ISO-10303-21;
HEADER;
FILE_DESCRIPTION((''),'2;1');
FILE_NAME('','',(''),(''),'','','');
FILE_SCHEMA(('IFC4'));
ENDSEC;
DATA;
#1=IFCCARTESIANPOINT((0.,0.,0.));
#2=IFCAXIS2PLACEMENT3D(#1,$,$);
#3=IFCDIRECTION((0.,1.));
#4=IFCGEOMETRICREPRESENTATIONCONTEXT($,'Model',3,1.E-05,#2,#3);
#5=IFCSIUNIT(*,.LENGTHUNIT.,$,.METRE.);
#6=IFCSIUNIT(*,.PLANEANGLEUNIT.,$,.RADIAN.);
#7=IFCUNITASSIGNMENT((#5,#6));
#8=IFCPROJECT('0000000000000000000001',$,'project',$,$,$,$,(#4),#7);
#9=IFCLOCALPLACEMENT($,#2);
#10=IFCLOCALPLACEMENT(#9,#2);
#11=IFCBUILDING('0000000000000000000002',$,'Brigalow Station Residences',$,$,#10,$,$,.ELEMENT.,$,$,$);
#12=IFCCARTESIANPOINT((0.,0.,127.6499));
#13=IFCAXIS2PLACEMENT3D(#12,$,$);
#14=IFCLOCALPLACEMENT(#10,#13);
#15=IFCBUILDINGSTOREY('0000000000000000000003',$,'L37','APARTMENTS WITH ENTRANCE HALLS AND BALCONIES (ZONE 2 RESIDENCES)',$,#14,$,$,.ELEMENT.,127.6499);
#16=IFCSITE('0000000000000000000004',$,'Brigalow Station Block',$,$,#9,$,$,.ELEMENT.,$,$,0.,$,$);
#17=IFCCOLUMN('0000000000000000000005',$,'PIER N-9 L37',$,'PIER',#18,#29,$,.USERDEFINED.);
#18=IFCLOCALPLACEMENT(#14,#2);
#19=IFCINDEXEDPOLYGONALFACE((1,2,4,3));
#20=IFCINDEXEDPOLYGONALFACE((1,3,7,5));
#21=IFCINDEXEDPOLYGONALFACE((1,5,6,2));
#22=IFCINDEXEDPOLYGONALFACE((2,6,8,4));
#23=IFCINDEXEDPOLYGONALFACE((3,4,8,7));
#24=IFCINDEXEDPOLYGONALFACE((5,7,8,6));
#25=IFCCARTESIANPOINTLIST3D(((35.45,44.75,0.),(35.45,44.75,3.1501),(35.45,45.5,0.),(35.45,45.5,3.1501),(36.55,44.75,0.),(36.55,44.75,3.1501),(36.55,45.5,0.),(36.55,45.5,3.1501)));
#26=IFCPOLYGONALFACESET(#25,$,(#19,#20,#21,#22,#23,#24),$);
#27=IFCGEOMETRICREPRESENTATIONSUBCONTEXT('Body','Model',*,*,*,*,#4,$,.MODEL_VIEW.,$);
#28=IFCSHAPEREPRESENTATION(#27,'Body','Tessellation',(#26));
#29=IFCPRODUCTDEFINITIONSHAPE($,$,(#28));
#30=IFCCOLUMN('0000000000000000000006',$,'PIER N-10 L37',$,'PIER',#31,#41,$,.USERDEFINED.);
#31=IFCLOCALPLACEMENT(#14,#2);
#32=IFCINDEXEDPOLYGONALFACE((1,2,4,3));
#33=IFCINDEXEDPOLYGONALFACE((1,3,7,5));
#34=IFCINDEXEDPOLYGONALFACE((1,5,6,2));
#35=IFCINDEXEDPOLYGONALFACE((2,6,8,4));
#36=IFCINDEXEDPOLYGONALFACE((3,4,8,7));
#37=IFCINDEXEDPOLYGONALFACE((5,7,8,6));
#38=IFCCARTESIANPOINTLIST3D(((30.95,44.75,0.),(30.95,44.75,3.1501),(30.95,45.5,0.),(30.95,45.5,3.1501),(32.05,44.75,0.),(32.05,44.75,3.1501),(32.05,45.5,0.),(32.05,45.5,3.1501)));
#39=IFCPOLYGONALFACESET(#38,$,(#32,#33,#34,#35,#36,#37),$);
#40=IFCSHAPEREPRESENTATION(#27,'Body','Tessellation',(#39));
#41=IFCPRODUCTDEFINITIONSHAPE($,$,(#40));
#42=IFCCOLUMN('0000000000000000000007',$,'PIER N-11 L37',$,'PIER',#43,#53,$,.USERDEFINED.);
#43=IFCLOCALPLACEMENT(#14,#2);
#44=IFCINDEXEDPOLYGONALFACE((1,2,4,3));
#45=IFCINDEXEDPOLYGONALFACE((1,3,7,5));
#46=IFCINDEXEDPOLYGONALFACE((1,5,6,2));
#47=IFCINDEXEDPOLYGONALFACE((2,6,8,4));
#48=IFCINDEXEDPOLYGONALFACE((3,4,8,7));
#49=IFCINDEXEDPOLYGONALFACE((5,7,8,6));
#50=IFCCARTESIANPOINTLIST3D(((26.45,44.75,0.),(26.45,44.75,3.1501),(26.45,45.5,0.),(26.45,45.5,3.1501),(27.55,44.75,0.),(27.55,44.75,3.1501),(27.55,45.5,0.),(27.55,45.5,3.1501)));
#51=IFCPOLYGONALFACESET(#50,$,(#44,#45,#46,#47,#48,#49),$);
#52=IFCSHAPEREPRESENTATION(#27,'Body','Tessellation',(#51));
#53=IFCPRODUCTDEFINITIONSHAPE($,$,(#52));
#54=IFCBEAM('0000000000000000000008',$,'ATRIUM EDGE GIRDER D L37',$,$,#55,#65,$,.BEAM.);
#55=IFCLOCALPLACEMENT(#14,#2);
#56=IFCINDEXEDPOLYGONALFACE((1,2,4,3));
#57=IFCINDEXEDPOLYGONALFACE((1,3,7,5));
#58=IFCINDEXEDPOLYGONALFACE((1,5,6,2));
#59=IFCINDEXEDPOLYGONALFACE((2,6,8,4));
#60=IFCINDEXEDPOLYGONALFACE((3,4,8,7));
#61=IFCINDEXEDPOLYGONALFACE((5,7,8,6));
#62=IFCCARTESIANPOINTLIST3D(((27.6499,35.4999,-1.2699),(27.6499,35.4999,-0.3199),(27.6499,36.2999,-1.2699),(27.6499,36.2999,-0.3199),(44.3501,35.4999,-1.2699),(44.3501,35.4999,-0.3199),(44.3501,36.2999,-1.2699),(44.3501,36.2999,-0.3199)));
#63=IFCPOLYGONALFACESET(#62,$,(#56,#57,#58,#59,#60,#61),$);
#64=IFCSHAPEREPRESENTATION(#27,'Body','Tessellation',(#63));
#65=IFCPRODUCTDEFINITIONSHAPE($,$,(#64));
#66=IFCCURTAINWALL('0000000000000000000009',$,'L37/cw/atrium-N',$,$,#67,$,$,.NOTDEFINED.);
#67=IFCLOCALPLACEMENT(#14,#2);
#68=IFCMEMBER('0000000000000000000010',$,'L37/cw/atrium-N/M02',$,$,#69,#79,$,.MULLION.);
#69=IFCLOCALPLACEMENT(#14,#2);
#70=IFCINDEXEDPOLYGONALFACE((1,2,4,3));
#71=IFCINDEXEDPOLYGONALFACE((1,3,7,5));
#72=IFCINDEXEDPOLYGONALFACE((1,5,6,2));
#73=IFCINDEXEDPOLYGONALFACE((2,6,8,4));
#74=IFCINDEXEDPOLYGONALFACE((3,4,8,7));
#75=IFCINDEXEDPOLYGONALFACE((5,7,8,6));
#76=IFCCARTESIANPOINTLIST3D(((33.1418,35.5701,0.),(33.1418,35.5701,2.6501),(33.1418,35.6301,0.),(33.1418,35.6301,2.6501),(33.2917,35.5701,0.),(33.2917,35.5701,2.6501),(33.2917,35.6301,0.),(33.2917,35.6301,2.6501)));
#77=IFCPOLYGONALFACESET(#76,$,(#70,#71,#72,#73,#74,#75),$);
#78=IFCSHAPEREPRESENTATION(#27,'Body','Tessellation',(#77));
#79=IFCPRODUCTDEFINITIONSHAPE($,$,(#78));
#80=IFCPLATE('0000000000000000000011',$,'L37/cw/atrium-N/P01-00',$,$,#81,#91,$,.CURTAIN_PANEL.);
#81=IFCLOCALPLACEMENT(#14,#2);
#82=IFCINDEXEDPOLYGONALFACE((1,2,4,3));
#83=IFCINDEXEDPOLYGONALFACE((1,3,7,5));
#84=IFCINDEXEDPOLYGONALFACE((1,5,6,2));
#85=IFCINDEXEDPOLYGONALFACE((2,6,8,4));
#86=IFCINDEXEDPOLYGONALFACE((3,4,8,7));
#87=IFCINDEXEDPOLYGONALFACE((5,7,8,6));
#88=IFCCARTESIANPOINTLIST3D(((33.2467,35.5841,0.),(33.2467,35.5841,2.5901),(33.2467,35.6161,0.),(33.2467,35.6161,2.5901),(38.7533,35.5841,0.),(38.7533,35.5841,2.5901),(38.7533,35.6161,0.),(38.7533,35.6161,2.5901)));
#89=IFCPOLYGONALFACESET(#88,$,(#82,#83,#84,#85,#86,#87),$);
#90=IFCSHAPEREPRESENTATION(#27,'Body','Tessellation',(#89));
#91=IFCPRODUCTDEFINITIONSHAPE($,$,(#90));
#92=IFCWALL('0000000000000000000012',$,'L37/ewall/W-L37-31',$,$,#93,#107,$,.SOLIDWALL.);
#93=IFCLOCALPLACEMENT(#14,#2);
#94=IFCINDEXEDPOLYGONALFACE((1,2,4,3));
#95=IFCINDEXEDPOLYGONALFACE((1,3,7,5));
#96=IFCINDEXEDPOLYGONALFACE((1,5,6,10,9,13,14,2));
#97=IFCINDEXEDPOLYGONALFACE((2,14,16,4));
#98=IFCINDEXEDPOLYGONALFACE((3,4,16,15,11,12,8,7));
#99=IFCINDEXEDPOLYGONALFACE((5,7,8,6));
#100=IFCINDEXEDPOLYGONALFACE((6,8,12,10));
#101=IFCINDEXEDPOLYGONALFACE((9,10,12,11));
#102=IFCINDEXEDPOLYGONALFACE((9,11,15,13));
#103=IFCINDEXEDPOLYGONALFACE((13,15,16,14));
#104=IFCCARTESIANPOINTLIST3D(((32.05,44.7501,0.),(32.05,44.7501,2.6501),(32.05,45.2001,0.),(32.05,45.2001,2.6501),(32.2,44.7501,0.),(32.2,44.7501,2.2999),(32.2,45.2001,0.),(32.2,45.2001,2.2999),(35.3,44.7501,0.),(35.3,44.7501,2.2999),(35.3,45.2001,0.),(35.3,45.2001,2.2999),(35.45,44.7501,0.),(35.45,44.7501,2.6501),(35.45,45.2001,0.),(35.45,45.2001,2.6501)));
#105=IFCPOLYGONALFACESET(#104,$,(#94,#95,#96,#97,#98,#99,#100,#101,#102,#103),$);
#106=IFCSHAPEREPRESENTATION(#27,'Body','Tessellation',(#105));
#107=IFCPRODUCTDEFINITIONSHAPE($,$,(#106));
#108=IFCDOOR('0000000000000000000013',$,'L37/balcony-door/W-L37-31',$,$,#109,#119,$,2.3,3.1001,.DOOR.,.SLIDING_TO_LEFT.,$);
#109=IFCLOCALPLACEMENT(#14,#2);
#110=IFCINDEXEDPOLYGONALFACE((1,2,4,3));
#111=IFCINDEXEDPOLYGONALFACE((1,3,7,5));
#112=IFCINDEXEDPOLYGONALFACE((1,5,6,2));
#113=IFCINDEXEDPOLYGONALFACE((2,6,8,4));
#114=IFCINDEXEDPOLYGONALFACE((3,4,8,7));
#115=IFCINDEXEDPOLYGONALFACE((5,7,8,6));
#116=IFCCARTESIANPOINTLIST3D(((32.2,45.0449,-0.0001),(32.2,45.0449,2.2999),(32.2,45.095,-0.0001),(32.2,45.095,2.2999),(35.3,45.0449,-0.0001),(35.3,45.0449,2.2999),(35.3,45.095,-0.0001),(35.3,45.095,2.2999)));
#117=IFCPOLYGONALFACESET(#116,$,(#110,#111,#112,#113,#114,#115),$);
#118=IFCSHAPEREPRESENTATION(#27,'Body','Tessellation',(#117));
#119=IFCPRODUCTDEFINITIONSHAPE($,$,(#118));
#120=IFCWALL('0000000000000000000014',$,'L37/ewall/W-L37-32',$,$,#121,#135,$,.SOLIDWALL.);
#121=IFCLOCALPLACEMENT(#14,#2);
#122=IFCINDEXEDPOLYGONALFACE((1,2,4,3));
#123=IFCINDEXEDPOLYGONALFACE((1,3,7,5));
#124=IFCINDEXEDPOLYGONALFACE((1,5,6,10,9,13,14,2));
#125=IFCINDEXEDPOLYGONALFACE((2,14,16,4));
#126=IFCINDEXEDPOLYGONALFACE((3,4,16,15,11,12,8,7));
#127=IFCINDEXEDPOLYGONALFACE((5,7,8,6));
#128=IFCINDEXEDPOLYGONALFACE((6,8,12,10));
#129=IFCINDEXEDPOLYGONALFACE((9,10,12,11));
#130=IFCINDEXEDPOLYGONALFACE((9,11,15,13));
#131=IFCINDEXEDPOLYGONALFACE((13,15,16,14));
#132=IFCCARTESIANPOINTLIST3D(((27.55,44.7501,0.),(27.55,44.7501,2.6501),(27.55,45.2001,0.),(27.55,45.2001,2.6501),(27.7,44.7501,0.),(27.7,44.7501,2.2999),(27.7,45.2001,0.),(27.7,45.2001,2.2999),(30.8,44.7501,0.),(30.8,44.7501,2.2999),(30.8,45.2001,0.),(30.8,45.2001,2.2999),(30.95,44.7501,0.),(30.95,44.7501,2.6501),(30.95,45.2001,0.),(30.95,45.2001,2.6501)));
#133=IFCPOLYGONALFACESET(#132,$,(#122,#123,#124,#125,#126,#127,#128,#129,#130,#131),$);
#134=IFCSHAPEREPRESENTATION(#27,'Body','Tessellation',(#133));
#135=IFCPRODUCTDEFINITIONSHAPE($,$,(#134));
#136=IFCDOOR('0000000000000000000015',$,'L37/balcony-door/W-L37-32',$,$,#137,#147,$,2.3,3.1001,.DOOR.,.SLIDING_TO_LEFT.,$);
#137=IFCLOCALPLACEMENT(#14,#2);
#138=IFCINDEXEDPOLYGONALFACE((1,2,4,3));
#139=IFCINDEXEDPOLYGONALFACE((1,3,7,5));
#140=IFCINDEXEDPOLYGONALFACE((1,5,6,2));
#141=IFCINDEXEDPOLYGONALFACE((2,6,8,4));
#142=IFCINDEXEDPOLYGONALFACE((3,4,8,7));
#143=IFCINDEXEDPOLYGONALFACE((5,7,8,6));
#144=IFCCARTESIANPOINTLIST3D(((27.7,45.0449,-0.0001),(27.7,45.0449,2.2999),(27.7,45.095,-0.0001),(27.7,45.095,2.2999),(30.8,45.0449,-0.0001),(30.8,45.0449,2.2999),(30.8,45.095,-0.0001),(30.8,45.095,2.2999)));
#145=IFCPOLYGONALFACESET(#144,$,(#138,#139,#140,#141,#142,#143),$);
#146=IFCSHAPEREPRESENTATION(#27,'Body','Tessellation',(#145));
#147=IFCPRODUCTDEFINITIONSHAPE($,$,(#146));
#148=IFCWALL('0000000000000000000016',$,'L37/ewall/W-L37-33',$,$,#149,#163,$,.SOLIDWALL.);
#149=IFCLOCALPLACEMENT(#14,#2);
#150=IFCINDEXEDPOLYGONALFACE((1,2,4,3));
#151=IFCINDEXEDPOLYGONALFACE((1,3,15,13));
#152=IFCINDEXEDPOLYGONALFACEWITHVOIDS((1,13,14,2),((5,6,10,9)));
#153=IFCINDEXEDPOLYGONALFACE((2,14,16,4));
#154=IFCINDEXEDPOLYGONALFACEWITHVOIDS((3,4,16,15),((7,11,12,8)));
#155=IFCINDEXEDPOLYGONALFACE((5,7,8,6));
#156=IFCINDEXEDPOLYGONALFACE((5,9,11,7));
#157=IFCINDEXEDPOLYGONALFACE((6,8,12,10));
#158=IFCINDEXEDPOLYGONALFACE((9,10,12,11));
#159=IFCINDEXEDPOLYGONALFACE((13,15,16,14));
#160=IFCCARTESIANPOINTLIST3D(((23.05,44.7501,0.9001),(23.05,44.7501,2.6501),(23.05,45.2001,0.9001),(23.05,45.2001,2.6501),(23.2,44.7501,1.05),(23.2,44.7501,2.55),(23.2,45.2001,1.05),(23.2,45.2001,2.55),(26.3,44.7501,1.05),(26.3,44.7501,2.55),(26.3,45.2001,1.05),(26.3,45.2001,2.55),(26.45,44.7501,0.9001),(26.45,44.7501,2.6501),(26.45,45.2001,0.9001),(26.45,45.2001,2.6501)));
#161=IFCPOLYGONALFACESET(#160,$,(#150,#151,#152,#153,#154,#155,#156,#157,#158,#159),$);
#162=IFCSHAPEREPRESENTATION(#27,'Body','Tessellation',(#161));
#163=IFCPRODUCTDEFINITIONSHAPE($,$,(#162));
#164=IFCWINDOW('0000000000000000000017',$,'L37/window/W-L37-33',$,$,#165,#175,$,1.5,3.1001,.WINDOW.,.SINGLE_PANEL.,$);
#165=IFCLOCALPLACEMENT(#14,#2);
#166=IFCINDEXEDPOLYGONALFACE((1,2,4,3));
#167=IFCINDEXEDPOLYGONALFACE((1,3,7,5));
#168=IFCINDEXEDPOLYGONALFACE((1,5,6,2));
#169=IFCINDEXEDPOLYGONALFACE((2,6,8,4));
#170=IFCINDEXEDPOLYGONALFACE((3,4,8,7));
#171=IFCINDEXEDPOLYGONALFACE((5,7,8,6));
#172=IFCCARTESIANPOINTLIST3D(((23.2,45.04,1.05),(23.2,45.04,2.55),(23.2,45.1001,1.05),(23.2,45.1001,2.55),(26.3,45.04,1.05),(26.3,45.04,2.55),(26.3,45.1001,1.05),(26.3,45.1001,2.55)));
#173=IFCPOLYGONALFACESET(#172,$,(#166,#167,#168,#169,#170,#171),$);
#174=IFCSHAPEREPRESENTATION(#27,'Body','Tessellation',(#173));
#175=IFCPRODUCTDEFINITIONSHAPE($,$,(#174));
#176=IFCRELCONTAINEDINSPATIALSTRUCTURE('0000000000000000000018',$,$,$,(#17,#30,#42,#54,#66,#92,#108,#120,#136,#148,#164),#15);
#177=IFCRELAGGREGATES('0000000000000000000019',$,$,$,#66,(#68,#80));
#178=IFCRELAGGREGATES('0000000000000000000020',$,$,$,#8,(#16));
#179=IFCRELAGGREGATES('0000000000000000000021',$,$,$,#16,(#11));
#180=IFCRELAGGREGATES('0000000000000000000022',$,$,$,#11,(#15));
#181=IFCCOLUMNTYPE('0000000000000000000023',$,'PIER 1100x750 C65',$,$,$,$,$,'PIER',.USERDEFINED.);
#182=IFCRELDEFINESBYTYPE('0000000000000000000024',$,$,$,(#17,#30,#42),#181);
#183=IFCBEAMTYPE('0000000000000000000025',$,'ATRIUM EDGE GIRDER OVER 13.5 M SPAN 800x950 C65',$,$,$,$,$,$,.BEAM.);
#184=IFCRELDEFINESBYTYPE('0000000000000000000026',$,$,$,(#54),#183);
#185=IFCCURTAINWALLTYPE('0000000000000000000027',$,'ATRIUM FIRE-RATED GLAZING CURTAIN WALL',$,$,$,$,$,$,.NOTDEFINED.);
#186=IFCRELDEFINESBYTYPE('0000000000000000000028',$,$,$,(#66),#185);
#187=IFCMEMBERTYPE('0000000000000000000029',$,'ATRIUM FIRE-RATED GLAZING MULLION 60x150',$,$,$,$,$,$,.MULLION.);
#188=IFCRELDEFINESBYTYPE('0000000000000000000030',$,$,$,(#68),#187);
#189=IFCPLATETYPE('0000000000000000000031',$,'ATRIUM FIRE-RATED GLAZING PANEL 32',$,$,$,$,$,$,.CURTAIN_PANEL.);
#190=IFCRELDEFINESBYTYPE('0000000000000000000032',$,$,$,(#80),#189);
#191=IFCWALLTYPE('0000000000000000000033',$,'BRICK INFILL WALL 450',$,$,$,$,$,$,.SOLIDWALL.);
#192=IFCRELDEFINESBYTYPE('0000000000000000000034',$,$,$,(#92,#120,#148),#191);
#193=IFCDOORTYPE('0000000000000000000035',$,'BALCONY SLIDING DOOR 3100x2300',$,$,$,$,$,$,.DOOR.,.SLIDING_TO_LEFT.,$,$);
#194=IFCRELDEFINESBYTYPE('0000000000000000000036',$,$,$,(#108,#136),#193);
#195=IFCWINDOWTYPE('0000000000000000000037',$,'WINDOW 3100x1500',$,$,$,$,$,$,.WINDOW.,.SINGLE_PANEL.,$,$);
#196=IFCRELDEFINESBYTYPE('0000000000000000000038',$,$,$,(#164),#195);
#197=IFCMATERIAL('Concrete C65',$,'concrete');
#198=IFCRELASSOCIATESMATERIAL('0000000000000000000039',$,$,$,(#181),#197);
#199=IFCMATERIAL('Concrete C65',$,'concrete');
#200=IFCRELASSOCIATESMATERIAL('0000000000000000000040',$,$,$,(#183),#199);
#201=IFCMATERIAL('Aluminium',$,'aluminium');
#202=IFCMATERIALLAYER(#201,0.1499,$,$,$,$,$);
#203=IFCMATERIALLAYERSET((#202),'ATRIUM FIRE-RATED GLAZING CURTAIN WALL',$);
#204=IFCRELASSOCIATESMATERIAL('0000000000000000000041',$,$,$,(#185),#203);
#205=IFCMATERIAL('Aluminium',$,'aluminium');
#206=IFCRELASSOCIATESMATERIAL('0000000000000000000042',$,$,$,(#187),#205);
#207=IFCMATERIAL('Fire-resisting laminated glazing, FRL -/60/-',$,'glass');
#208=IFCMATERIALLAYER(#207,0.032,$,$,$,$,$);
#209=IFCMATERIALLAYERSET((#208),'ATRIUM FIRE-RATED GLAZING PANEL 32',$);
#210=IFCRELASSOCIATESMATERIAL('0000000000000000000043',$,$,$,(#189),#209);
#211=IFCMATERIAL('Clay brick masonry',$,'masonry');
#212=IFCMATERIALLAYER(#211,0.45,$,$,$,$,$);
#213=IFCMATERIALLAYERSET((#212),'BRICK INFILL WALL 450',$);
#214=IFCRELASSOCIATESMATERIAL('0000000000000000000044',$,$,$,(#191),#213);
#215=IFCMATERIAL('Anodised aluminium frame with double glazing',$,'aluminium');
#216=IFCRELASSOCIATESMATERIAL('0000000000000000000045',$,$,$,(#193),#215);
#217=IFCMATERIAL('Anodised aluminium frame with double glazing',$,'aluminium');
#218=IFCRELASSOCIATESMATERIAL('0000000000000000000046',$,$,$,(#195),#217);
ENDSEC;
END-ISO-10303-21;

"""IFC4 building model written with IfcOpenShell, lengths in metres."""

from ifc_helpers import new_model, si_unit, direction, frame, frame_2d, origin, origin_2d, place, context, subcontext, project, spatial, rectangle, extrude, material, layer, layer_set, material_profile, profile_set, type_object, element, fill, aggregate, save


model = new_model("IFC4")

# Units and contexts
model_context = context("Model", 3, precision=1e-05, world=origin(), true_north=direction((0.0, 1.0)))
body_context = subcontext(model_context, "Body", "Model", "MODEL_VIEW")
ifc_project = project(units=[si_unit("LENGTHUNIT", "METRE"), si_unit("PLANEANGLEUNIT", "RADIAN")], contexts=[model_context])

# Site, building, storey
site_placement = place(None, origin())
site = spatial("IfcSite", under=ifc_project, at=site_placement, Name="Brigalow Station Block", CompositionType="ELEMENT", RefElevation=0.0)
building_placement = place(site_placement, origin())
building = spatial("IfcBuilding", under=site, at=building_placement, Name="Brigalow Station Residences", CompositionType="ELEMENT")
storey_placement = place(building_placement, frame((0.0, 0.0, 127.6499)))
storey = spatial("IfcBuildingStorey", under=building, at=storey_placement, Name="L37", Description="APARTMENTS WITH ENTRANCE HALLS AND BALCONIES (ZONE 2 RESIDENCES)", CompositionType="ELEMENT", Elevation=127.6499)

# Columns
ifc_material_1 = material(Name="Concrete C65", Category="concrete")
ifc_material_profile_1 = material_profile(ifc_material_1, rectangle(XDim=1.1001, YDim=0.75, at=origin_2d()), Name="RC1100x750")
ifc_profile_set_1 = profile_set([ifc_material_profile_1], Name="Concrete C65")
column_type = type_object("IfcColumnType", Name="PIER 1100x750 C65", ElementType="PIER", PredefinedType="USERDEFINED", material=ifc_profile_set_1)
for number, where, z_axis, x_axis, name in (
    (1, (36.0, 45.125, 0.0), (0.0, 0.0, 1.0), (-1.0, 0.0, 0.0), "PIER N-9 L37"),
    (2, (31.5, 45.125, 0.0), (0.0, 0.0, 1.0), (-1.0, 0.0, 0.0), "PIER N-10 L37"),
    (3, (27.0, 45.125, 0.0), (0.0, 0.0, 1.0), (-1.0, 0.0, 0.0), "PIER N-11 L37"),
):
    element("IfcColumn", number, at=place(storey_placement, frame(where, z_axis=z_axis, x_axis=x_axis)), inside=storey, type_object=column_type, Name=name, ObjectType="PIER", PredefinedType="USERDEFINED", context=body_context, shape_type="SweptSolid", body=[
        extrude(rectangle(XDim=1.1001, YDim=0.75, at=origin_2d()), origin(), (0.0, 0.0, 1.0), 3.1501),
    ])

# Beam
ifc_material_2 = material(Name="Concrete C65", Category="concrete")
ifc_material_profile_2 = material_profile(ifc_material_2, rectangle(XDim=0.8, YDim=0.95, at=origin_2d()), Name="RC800x950")
ifc_profile_set_2 = profile_set([ifc_material_profile_2], Name="Concrete C65")
beam_type = type_object("IfcBeamType", Name="ATRIUM EDGE GIRDER OVER 13.5 M SPAN 800x950 C65", PredefinedType="BEAM", material=ifc_profile_set_2)
beam_placement = place(storey_placement, frame((27.6499, 35.8999, -0.7949), z_axis=(1.0, 0.0, 0.0), x_axis=(0.0, 1.0, 0.0)))
element("IfcBeam", 4, at=beam_placement, inside=storey, type_object=beam_type, Name="ATRIUM EDGE GIRDER D L37", PredefinedType="BEAM", context=body_context, shape_type="SweptSolid", body=[
    extrude(rectangle(XDim=0.8, YDim=0.95, at=origin_2d()), origin(), (0.0, 0.0, 1.0), 16.7002),
])

# Curtain wall, member, plate
ifc_material_3 = material(Name="Aluminium", Category="aluminium")
ifc_layer_1 = layer(ifc_material_3, 0.1499)
ifc_layer_set_1 = layer_set([ifc_layer_1], Name="ATRIUM FIRE-RATED GLAZING CURTAIN WALL")
curtain_wall_type = type_object("IfcCurtainWallType", Name="ATRIUM FIRE-RATED GLAZING CURTAIN WALL", PredefinedType="NOTDEFINED", material=ifc_layer_set_1)
curtain_wall_placement = place(storey_placement, origin())
curtain_wall = element("IfcCurtainWall", 5, at=curtain_wall_placement, inside=storey, type_object=curtain_wall_type, Name="L37/cw/atrium-N", PredefinedType="NOTDEFINED")
ifc_material_4 = material(Name="Aluminium", Category="aluminium")
ifc_material_profile_3 = material_profile(ifc_material_4, rectangle(XDim=0.0601, YDim=0.1499, at=origin_2d()), Name="ATRIUM FIRE-RATED GLAZING MULLION 60x150")
ifc_profile_set_3 = profile_set([ifc_material_profile_3], Name="Aluminium")
member_type = type_object("IfcMemberType", Name="ATRIUM FIRE-RATED GLAZING MULLION 60x150", PredefinedType="MULLION", material=ifc_profile_set_3)
member_placement = place(storey_placement, frame((33.2168, 35.6001, 0.0), z_axis=(0.0, 0.0, 1.0), x_axis=(0.0, -1.0, 0.0)))
member = element("IfcMember", 6, at=member_placement, type_object=member_type, Name="L37/cw/atrium-N/M02", PredefinedType="MULLION", context=body_context, shape_type="SweptSolid", body=[
    extrude(rectangle(XDim=0.0601, YDim=0.1499, at=origin_2d()), origin(), (0.0, 0.0, 1.0), 2.6501),
])
ifc_material_5 = material(Name="Fire-resisting laminated glazing, FRL -/60/-", Category="glass")
ifc_layer_2 = layer(ifc_material_5, 0.032)
ifc_layer_set_2 = layer_set([ifc_layer_2], Name="ATRIUM FIRE-RATED GLAZING PANEL 32")
plate_type = type_object("IfcPlateType", Name="ATRIUM FIRE-RATED GLAZING PANEL 32", PredefinedType="CURTAIN_PANEL", material=ifc_layer_set_2)
plate_placement = place(storey_placement, frame((36.0, 35.6001, 0.0), z_axis=(0.0, 0.0, 1.0), x_axis=(-1.0, 0.0, 0.0)))
plate = element("IfcPlate", 7, at=plate_placement, type_object=plate_type, Name="L37/cw/atrium-N/P01-00", PredefinedType="CURTAIN_PANEL", context=body_context, shape_type="SweptSolid", body=[
    extrude(rectangle(XDim=5.5066, YDim=0.032, at=origin_2d()), origin(), (0.0, 0.0, 1.0), 2.5901),
])
aggregate(curtain_wall, [member, plate])

# Walls, openings, doors
ifc_material_6 = material(Name="Clay brick masonry", Category="masonry")
ifc_layer_3 = layer(ifc_material_6, 0.45)
ifc_layer_set_3 = layer_set([ifc_layer_3], Name="BRICK INFILL WALL 450")
wall_type_1 = type_object("IfcWallType", Name="BRICK INFILL WALL 450", PredefinedType="SOLIDWALL", material=ifc_layer_set_3)
wall_1_placement = place(storey_placement, frame((35.45, 44.9751, 0.0), z_axis=(0.0, 0.0, 1.0), x_axis=(-1.0, 0.0, 0.0)))
wall_1 = element("IfcWall", 8, at=wall_1_placement, inside=storey, type_object=wall_type_1, Name="L37/ewall/W-L37-31", PredefinedType="SOLIDWALL", context=body_context, shape_type="SweptSolid", body=[
    extrude(rectangle(XDim=3.3999, YDim=0.45, at=frame_2d((1.7, 0.0))), origin(), (0.0, 0.0, 1.0), 2.6501),
])
opening_1_placement = place(wall_1_placement, frame((0.1499, 0.0, 0.0)))
opening_1 = element("IfcOpeningElement", 9, at=opening_1_placement, cuts=wall_1, PredefinedType="OPENING", context=body_context, shape_type="SweptSolid", body=[
    extrude(rectangle(XDim=3.1001, YDim=2.3, at=frame_2d((1.55, 1.1499))), frame((0.0, 0.2349, 0.0), z_axis=(0.0, -1.0, 0.0), x_axis=(1.0, 0.0, 0.0)), (0.0, 0.0, 1.0), 0.47),
])
ifc_material_7 = material(Name="Anodised aluminium frame with double glazing", Category="aluminium")
door_type_1 = type_object("IfcDoorType", Name="BALCONY SLIDING DOOR 3100x2300", OperationType="SLIDING_TO_LEFT", PredefinedType="DOOR", material=ifc_material_7)
door_1_placement = place(opening_1_placement, origin())
door_1 = element("IfcDoor", 10, at=door_1_placement, inside=storey, type_object=door_type_1, Name="L37/balcony-door/W-L37-31", OperationType="SLIDING_TO_LEFT", OverallHeight=2.3, OverallWidth=3.1001, PredefinedType="DOOR", context=body_context, shape_type="SweptSolid", body=[
    extrude(rectangle(XDim=3.1001, YDim=2.3, at=frame_2d((1.55, 1.1499))), frame((0.0, -0.0698, 0.0), z_axis=(0.0, -1.0, 0.0), x_axis=(1.0, 0.0, 0.0)), (0.0, 0.0, 1.0), 0.05),
])
fill(opening_1, door_1)
wall_2_placement = place(storey_placement, frame((30.95, 44.9751, 0.0), z_axis=(0.0, 0.0, 1.0), x_axis=(-1.0, 0.0, 0.0)))
wall_2 = element("IfcWall", 11, at=wall_2_placement, inside=storey, type_object=wall_type_1, Name="L37/ewall/W-L37-32", PredefinedType="SOLIDWALL", context=body_context, shape_type="SweptSolid", body=[
    extrude(rectangle(XDim=3.3999, YDim=0.45, at=frame_2d((1.7, 0.0))), origin(), (0.0, 0.0, 1.0), 2.6501),
])
opening_2_placement = place(wall_2_placement, frame((0.1499, 0.0, 0.0)))
opening_2 = element("IfcOpeningElement", 12, at=opening_2_placement, cuts=wall_2, PredefinedType="OPENING", context=body_context, shape_type="SweptSolid", body=[
    extrude(rectangle(XDim=3.1001, YDim=2.3, at=frame_2d((1.55, 1.1499))), frame((0.0, 0.2349, 0.0), z_axis=(0.0, -1.0, 0.0), x_axis=(1.0, 0.0, 0.0)), (0.0, 0.0, 1.0), 0.47),
])
door_2_placement = place(opening_2_placement, origin())
door_2 = element("IfcDoor", 13, at=door_2_placement, inside=storey, type_object=door_type_1, Name="L37/balcony-door/W-L37-32", OperationType="SLIDING_TO_LEFT", OverallHeight=2.3, OverallWidth=3.1001, PredefinedType="DOOR", context=body_context, shape_type="SweptSolid", body=[
    extrude(rectangle(XDim=3.1001, YDim=2.3, at=frame_2d((1.55, 1.1499))), frame((0.0, -0.0698, 0.0), z_axis=(0.0, -1.0, 0.0), x_axis=(1.0, 0.0, 0.0)), (0.0, 0.0, 1.0), 0.05),
])
fill(opening_2, door_2)

# Wall, opening, window
wall_3_placement = place(storey_placement, frame((26.45, 44.9751, 0.9001), z_axis=(0.0, 0.0, 1.0), x_axis=(-1.0, 0.0, 0.0)))
wall_3 = element("IfcWall", 14, at=wall_3_placement, inside=storey, type_object=wall_type_1, Name="L37/ewall/W-L37-33", PredefinedType="SOLIDWALL", context=body_context, shape_type="SweptSolid", body=[
    extrude(rectangle(XDim=3.3999, YDim=0.45, at=frame_2d((1.7, 0.0))), origin(), (0.0, 0.0, 1.0), 1.75),
])
opening_3_placement = place(wall_3_placement, frame((0.1499, 0.0, 0.1499)))
opening_3 = element("IfcOpeningElement", 15, at=opening_3_placement, cuts=wall_3, PredefinedType="OPENING", context=body_context, shape_type="SweptSolid", body=[
    extrude(rectangle(XDim=3.1001, YDim=1.5, at=frame_2d((1.55, 0.75))), frame((0.0, 0.2349, 0.0), z_axis=(0.0, -1.0, 0.0), x_axis=(1.0, 0.0, 0.0)), (0.0, 0.0, 1.0), 0.47),
])
ifc_material_8 = material(Name="Anodised aluminium frame with double glazing", Category="aluminium")
window_type = type_object("IfcWindowType", Name="WINDOW 3100x1500", PartitioningType="SINGLE_PANEL", PredefinedType="WINDOW", material=ifc_material_8)
window_placement = place(opening_3_placement, origin())
window = element("IfcWindow", 16, at=window_placement, inside=storey, type_object=window_type, Name="L37/window/W-L37-33", OverallHeight=1.5, OverallWidth=3.1001, PartitioningType="SINGLE_PANEL", PredefinedType="WINDOW", context=body_context, shape_type="SweptSolid", body=[
    extrude(rectangle(XDim=3.1001, YDim=1.5, at=frame_2d((1.55, 0.75))), frame((0.0, -0.0649, 0.0), z_axis=(0.0, -1.0, 0.0), x_axis=(1.0, 0.0, 0.0)), (0.0, 0.0, 1.0), 0.0601),
])
fill(opening_3, window)

save(model, "model.ifc")
